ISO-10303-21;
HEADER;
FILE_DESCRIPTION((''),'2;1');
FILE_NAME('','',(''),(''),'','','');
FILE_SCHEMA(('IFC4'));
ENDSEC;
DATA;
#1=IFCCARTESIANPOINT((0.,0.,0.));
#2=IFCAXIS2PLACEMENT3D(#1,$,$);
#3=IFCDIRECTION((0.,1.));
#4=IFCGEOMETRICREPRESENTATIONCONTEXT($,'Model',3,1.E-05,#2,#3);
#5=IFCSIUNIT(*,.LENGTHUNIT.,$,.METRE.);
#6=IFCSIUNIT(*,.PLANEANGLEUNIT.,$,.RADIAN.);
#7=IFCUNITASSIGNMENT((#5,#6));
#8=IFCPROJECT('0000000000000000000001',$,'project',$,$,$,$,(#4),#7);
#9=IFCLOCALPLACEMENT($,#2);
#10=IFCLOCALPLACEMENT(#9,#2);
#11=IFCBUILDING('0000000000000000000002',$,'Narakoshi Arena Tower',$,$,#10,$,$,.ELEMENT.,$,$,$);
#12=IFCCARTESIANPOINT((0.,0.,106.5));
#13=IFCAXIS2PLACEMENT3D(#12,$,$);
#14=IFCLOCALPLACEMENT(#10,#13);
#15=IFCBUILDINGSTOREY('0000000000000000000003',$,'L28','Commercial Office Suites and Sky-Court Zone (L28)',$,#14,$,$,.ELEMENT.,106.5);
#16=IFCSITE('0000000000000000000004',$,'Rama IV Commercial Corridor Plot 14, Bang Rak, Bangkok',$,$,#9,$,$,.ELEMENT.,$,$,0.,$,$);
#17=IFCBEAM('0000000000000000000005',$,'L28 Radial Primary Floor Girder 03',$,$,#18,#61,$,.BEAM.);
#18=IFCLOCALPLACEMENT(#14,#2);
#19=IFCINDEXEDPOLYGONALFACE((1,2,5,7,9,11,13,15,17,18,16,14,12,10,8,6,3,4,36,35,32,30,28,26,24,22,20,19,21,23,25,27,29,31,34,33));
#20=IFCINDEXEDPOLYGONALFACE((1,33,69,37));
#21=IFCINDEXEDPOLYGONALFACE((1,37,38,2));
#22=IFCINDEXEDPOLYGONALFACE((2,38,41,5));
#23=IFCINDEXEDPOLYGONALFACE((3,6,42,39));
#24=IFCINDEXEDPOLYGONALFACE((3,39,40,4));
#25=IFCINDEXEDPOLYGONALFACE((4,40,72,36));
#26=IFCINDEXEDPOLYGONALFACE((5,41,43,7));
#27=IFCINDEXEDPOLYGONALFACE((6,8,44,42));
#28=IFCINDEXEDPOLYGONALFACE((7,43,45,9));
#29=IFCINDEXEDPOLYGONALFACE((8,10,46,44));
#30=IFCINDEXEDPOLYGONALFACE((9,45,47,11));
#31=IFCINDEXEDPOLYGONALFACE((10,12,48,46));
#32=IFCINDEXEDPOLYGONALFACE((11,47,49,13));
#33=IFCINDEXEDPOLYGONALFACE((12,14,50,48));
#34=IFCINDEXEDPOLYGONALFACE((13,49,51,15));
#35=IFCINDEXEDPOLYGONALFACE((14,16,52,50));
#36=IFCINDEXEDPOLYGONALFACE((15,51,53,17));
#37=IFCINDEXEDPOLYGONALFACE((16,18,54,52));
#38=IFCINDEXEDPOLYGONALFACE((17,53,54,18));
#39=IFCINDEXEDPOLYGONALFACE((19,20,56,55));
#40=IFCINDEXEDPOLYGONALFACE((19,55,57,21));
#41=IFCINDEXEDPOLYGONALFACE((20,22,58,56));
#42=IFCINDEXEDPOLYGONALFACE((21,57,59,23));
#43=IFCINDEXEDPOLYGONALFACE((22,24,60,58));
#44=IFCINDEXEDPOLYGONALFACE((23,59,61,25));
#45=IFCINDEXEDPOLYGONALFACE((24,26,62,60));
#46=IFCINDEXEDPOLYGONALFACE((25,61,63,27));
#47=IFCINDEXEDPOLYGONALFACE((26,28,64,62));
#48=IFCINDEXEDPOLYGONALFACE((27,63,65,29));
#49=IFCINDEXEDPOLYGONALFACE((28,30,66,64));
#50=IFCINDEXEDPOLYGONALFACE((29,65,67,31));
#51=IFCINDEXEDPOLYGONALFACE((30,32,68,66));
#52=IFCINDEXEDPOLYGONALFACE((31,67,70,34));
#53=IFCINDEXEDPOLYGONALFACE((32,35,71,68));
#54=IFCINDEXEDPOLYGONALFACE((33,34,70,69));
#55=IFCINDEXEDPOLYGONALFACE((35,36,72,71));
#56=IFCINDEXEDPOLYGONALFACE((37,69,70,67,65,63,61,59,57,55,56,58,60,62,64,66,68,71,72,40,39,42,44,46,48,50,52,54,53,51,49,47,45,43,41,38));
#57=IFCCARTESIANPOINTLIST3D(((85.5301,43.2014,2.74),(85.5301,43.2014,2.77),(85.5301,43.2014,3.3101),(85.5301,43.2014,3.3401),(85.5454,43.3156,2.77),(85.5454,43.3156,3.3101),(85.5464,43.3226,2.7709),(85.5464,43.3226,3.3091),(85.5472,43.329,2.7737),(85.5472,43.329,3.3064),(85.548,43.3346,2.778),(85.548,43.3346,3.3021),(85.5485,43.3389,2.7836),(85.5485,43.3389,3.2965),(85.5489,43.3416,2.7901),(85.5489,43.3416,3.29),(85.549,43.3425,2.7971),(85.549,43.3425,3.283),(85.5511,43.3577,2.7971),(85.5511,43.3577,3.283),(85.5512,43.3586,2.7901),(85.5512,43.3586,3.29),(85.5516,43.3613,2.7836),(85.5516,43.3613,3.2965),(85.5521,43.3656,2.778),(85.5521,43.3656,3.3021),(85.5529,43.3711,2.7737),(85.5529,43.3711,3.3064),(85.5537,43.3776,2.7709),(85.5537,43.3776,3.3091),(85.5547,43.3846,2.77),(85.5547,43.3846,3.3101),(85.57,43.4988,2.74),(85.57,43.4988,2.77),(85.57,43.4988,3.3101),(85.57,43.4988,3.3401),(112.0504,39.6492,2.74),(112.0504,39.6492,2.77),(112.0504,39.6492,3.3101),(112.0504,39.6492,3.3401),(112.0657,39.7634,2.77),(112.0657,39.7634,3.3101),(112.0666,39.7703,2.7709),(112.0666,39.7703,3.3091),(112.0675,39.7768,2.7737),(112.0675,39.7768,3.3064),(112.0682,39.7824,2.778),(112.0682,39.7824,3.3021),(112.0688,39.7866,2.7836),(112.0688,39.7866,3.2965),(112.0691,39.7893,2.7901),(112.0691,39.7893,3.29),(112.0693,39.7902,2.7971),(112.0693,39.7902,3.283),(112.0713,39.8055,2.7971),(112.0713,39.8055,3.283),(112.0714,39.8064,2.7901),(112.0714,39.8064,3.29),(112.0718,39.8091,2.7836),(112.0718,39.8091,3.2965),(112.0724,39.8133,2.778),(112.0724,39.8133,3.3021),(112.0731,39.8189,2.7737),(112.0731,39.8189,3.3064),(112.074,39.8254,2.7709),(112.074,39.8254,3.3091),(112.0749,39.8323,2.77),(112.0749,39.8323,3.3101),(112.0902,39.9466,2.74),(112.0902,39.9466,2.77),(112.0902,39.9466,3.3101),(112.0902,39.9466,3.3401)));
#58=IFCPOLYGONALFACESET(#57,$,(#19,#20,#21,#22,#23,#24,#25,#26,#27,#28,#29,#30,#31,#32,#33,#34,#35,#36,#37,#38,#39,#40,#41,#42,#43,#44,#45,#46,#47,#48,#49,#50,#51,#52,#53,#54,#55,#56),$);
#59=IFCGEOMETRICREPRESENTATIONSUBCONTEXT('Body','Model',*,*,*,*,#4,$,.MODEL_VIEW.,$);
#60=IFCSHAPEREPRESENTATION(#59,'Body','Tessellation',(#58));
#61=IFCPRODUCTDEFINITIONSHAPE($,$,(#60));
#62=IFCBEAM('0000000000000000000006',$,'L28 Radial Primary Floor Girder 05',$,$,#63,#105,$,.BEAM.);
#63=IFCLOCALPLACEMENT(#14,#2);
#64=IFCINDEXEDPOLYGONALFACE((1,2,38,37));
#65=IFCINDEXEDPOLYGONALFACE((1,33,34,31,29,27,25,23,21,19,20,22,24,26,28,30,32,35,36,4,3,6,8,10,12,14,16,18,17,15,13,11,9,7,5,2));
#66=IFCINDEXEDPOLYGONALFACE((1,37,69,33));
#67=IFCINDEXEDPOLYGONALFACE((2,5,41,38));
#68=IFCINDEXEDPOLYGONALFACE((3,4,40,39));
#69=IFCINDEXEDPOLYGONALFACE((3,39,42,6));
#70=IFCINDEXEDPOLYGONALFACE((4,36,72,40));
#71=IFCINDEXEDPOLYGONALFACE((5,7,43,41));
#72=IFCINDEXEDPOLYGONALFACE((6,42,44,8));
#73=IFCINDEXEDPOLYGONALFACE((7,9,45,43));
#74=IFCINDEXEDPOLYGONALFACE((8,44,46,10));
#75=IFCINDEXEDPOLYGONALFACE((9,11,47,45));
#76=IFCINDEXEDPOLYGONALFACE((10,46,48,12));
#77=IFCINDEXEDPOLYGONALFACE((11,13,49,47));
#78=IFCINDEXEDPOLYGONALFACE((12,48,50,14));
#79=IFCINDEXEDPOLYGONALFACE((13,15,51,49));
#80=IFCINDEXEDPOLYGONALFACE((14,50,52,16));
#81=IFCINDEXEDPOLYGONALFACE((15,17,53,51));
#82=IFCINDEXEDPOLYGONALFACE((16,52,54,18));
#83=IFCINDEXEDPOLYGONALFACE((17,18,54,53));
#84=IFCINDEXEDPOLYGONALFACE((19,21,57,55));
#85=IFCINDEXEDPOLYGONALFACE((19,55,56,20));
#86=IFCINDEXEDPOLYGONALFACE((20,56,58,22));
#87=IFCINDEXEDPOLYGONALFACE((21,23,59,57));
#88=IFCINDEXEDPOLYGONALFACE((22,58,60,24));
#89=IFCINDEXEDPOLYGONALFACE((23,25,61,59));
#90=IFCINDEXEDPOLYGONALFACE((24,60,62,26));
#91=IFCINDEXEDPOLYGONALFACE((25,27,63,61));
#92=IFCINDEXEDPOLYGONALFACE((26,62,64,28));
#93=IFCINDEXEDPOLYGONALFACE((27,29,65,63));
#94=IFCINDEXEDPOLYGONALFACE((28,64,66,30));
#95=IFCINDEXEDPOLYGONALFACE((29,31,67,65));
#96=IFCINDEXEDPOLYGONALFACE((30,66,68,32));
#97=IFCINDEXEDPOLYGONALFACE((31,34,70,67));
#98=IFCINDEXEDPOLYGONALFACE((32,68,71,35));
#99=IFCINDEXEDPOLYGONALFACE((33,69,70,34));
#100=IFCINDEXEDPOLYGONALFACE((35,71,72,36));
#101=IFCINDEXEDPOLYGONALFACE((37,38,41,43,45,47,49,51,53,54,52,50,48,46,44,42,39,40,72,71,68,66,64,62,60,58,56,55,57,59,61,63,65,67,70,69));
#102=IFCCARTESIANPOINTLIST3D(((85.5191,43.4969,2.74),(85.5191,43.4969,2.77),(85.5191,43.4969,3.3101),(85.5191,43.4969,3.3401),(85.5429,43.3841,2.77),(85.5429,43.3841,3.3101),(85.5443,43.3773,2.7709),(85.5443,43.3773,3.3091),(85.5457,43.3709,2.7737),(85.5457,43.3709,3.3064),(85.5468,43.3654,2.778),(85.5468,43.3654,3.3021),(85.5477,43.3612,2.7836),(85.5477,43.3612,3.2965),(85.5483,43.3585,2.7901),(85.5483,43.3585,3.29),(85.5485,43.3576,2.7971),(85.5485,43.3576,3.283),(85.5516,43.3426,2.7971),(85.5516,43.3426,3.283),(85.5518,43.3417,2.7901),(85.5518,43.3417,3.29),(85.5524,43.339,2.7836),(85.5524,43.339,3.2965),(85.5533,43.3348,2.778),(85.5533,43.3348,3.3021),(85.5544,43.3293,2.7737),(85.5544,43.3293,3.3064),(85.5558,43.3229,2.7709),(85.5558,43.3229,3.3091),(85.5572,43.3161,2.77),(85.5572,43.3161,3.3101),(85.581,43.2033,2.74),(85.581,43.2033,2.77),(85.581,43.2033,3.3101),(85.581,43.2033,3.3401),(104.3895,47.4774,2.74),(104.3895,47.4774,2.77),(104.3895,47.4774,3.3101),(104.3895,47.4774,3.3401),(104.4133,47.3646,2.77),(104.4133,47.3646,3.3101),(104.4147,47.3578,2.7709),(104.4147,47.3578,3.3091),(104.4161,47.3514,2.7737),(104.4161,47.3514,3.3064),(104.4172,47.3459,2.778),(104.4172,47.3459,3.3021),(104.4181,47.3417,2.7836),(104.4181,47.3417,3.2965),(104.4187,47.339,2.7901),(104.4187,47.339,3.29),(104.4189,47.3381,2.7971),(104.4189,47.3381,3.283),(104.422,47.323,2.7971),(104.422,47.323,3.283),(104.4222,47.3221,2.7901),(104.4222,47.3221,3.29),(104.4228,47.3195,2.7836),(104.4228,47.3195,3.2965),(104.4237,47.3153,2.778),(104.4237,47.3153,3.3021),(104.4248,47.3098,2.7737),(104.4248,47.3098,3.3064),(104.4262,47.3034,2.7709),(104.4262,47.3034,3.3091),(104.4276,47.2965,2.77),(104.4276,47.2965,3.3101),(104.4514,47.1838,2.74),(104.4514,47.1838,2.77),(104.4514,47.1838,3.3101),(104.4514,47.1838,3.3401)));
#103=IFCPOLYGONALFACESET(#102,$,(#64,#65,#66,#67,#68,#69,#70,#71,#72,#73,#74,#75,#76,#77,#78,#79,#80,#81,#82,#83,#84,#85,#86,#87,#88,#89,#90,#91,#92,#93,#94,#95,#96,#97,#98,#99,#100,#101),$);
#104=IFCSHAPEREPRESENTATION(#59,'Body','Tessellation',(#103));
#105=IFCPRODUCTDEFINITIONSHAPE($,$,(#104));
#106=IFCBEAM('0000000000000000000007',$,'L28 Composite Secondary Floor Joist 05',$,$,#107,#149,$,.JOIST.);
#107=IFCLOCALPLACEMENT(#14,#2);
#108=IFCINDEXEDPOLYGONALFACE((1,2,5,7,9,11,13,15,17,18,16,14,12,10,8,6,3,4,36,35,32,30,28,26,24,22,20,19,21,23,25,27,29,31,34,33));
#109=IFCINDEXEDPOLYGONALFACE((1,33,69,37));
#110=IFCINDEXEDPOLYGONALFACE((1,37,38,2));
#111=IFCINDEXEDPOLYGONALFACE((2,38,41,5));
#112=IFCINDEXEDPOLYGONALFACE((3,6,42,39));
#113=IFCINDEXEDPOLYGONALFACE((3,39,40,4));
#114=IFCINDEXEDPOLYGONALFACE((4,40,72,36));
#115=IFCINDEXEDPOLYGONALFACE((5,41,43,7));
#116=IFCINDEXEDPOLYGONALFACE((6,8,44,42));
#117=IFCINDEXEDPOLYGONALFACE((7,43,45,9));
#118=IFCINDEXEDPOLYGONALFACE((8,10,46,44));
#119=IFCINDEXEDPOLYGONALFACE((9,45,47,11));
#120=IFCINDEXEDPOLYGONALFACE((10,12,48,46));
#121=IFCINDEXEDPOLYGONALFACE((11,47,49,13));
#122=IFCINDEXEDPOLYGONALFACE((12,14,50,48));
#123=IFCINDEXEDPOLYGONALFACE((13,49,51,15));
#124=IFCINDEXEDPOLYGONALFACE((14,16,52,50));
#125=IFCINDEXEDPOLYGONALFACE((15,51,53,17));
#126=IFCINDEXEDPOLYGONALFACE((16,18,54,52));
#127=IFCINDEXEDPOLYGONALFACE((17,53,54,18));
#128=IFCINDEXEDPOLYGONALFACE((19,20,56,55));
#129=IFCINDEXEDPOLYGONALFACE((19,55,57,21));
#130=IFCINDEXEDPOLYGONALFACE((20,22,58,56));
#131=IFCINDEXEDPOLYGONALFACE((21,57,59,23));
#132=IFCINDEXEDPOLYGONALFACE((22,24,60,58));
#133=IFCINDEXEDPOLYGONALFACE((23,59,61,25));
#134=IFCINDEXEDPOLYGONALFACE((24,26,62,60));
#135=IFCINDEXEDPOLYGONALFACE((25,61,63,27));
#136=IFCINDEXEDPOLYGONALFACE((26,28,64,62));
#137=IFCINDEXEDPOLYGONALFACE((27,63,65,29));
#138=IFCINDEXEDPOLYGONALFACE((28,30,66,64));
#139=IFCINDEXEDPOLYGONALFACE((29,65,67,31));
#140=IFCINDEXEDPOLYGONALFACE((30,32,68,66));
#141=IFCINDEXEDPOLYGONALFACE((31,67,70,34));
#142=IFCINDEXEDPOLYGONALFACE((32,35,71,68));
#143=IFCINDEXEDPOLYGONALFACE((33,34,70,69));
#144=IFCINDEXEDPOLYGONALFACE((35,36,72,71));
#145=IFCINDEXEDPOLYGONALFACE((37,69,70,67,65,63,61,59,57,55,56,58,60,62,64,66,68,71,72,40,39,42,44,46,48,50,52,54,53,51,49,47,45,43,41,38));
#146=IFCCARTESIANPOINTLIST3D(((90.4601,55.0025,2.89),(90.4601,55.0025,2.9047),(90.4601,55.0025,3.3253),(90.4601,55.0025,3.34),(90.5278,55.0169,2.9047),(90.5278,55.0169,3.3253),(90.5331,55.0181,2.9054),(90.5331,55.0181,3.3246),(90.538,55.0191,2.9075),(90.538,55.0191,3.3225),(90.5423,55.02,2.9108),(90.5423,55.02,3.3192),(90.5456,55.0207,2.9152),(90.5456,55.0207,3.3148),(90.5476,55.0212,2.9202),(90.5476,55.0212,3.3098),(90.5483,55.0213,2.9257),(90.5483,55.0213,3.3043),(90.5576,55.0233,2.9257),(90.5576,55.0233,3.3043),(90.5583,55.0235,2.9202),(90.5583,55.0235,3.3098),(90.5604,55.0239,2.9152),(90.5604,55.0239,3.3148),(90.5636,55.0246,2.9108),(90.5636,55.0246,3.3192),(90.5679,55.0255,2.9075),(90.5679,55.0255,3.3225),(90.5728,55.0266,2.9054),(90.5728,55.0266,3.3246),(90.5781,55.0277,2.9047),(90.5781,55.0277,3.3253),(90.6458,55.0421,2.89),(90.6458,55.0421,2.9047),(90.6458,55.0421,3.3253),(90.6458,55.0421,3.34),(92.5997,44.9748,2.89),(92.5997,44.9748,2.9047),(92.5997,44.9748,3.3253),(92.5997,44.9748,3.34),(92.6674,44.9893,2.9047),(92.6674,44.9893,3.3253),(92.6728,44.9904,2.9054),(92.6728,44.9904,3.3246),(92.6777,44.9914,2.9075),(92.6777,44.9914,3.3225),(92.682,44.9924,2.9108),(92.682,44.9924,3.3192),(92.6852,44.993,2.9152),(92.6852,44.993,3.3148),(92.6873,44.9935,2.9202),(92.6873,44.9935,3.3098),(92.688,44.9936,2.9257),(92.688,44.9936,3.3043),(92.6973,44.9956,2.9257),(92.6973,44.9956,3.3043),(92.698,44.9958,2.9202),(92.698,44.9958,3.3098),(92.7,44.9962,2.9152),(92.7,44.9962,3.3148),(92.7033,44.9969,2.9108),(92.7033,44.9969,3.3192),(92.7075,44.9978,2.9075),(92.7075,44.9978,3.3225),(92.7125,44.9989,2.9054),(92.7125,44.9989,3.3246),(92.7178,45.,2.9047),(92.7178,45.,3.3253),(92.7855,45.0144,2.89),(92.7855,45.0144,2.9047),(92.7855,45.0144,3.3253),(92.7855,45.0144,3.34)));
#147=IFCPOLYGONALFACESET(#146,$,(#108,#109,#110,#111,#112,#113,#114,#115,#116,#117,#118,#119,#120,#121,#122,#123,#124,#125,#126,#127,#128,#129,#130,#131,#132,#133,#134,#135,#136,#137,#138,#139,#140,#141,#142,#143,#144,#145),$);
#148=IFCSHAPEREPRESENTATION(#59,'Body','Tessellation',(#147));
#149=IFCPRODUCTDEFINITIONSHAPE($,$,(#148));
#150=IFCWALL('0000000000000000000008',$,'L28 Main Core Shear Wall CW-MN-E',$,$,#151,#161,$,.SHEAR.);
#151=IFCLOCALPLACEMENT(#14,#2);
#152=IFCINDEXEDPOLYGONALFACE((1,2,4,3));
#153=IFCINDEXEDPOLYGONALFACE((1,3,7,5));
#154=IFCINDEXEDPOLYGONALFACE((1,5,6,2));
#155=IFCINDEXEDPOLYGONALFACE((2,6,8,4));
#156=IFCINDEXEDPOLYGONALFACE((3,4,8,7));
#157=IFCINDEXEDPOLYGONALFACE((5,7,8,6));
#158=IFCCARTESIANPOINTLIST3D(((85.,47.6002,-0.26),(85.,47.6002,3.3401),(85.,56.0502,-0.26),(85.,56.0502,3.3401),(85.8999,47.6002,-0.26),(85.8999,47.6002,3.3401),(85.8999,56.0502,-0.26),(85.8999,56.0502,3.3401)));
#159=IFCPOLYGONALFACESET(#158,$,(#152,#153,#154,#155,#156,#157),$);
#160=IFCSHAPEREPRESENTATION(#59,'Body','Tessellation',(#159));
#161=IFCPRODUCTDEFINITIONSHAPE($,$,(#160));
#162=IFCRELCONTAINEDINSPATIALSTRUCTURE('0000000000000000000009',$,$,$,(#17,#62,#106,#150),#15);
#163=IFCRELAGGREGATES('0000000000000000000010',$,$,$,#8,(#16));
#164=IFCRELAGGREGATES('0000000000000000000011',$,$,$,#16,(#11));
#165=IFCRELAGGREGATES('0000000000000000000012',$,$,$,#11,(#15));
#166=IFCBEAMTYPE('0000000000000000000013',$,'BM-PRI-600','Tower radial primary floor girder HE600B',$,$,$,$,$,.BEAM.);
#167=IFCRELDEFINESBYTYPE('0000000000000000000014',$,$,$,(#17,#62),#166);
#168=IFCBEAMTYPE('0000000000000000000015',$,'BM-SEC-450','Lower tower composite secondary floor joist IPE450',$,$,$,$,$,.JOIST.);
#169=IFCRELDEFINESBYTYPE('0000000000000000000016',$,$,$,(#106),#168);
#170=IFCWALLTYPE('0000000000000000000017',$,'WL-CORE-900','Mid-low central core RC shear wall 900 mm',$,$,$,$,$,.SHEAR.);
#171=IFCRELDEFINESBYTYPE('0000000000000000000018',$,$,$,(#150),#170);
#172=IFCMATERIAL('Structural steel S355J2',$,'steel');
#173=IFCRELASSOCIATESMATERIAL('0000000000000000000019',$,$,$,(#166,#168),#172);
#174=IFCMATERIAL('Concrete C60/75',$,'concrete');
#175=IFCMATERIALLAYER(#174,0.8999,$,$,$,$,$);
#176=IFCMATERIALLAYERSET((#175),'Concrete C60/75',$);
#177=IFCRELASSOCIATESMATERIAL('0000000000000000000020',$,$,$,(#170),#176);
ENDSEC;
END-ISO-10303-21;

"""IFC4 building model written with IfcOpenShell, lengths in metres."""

from ifc_helpers import new_model, si_unit, direction, frame, frame_2d, origin, origin_2d, place, context, subcontext, project, spatial, rectangle, i_section, extrude, material, layer, layer_set, material_profile, profile_set, type_object, element, save


model = new_model("IFC4")

# Units and contexts
model_context = context("Model", 3, precision=1e-05, world=origin(), true_north=direction((0.0, 1.0)))
body_context = subcontext(model_context, "Body", "Model", "MODEL_VIEW")
ifc_project = project(units=[si_unit("LENGTHUNIT", "METRE"), si_unit("PLANEANGLEUNIT", "RADIAN")], contexts=[model_context])

# Site, building, storey
site_placement = place(None, origin())
site = spatial("IfcSite", under=ifc_project, at=site_placement, Name="Rama IV Commercial Corridor Plot 14, Bang Rak, Bangkok", CompositionType="ELEMENT", RefElevation=0.0)
building_placement = place(site_placement, origin())
building = spatial("IfcBuilding", under=site, at=building_placement, Name="Narakoshi Arena Tower", CompositionType="ELEMENT")
storey_placement = place(building_placement, frame((0.0, 0.0, 106.5)))
storey = spatial("IfcBuildingStorey", under=building, at=storey_placement, Name="L28", Description="Commercial Office Suites and Sky-Court Zone (L28)", CompositionType="ELEMENT", Elevation=106.5)

# Beams
ifc_material_1 = material(Name="Structural steel S355J2", Category="steel")
ifc_material_profile_1 = material_profile(ifc_material_1, i_section(OverallWidth=0.3, OverallDepth=0.6001, WebThickness=0.0154, FlangeThickness=0.03, FilletRadius=0.0271, at=origin_2d()), Name="HE600B")
ifc_profile_set_1 = profile_set([ifc_material_profile_1], Name="Structural steel S355J2")
beam_type_1 = type_object("IfcBeamType", Name="BM-PRI-600", Description="Tower radial primary floor girder HE600B", PredefinedType="BEAM", material=ifc_profile_set_1)
beam_1_placement = place(storey_placement, frame((85.55, 43.3501, 3.04), z_axis=(0.991148, -0.132759, 0.0), x_axis=(0.132759, 0.991148, 0.0)))
element("IfcBeam", 1, at=beam_1_placement, inside=storey, type_object=beam_type_1, Name="L28 Radial Primary Floor Girder 03", PredefinedType="BEAM", context=body_context, shape_type="SweptSolid", body=[
    extrude(i_section(OverallWidth=0.3, OverallDepth=0.6001, WebThickness=0.0154, FlangeThickness=0.03, FilletRadius=0.0271, at=origin_2d()), origin(), (0.0, 0.0, 1.0), 26.7571),
])
beam_2_placement = place(storey_placement, frame((85.55, 43.3501, 3.04), z_axis=(0.978469, 0.206396, 0.0), x_axis=(-0.206396, 0.978469, 0.0)))
element("IfcBeam", 2, at=beam_2_placement, inside=storey, type_object=beam_type_1, Name="L28 Radial Primary Floor Girder 05", PredefinedType="BEAM", context=body_context, shape_type="SweptSolid", body=[
    extrude(i_section(OverallWidth=0.3, OverallDepth=0.6001, WebThickness=0.0154, FlangeThickness=0.03, FilletRadius=0.0271, at=origin_2d()), origin(), (0.0, 0.0, 1.0), 19.2856),
])
ifc_material_profile_2 = material_profile(ifc_material_1, i_section(OverallWidth=0.1899, OverallDepth=0.45, WebThickness=0.0095, FlangeThickness=0.0146, FilletRadius=0.021, at=origin_2d()), Name="IPE450")
ifc_profile_set_2 = profile_set([ifc_material_profile_2], Name="Structural steel S355J2")
beam_type_2 = type_object("IfcBeamType", Name="BM-SEC-450", Description="Lower tower composite secondary floor joist IPE450", PredefinedType="JOIST", material=ifc_profile_set_2)
beam_3_placement = place(storey_placement, frame((92.6926, 44.9946, 3.115), z_axis=(-0.208679, 0.977984, 0.0), x_axis=(-0.977984, -0.208679, 0.0)))
element("IfcBeam", 3, at=beam_3_placement, inside=storey, type_object=beam_type_2, Name="L28 Composite Secondary Floor Joist 05", PredefinedType="JOIST", context=body_context, shape_type="SweptSolid", body=[
    extrude(i_section(OverallWidth=0.1899, OverallDepth=0.45, WebThickness=0.0095, FlangeThickness=0.0146, FilletRadius=0.021, at=origin_2d()), origin(), (0.0, 0.0, 1.0), 10.2534),
])

# Wall
ifc_material_2 = material(Name="Concrete C60/75", Category="concrete")
ifc_layer_1 = layer(ifc_material_2, 0.8999)
ifc_layer_set_1 = layer_set([ifc_layer_1], Name="Concrete C60/75")
wall_type_1 = type_object("IfcWallType", Name="WL-CORE-900", Description="Mid-low central core RC shear wall 900 mm", PredefinedType="SHEAR", material=ifc_layer_set_1)
wall_1_placement = place(storey_placement, frame((85.45, 47.6001, -0.26), z_axis=(0.0, 0.0, 1.0), x_axis=(0.0, 1.0, 0.0)))
element("IfcWall", 4, at=wall_1_placement, inside=storey, type_object=wall_type_1, Name="L28 Main Core Shear Wall CW-MN-E", PredefinedType="SHEAR", context=body_context, shape_type="SweptSolid", body=[
    extrude(rectangle(XDim=8.45, YDim=0.8999, at=frame_2d((4.2251, 0.0))), origin(), (0.0, 0.0, 1.0), 3.6001),
])

save(model, "model.ifc")
